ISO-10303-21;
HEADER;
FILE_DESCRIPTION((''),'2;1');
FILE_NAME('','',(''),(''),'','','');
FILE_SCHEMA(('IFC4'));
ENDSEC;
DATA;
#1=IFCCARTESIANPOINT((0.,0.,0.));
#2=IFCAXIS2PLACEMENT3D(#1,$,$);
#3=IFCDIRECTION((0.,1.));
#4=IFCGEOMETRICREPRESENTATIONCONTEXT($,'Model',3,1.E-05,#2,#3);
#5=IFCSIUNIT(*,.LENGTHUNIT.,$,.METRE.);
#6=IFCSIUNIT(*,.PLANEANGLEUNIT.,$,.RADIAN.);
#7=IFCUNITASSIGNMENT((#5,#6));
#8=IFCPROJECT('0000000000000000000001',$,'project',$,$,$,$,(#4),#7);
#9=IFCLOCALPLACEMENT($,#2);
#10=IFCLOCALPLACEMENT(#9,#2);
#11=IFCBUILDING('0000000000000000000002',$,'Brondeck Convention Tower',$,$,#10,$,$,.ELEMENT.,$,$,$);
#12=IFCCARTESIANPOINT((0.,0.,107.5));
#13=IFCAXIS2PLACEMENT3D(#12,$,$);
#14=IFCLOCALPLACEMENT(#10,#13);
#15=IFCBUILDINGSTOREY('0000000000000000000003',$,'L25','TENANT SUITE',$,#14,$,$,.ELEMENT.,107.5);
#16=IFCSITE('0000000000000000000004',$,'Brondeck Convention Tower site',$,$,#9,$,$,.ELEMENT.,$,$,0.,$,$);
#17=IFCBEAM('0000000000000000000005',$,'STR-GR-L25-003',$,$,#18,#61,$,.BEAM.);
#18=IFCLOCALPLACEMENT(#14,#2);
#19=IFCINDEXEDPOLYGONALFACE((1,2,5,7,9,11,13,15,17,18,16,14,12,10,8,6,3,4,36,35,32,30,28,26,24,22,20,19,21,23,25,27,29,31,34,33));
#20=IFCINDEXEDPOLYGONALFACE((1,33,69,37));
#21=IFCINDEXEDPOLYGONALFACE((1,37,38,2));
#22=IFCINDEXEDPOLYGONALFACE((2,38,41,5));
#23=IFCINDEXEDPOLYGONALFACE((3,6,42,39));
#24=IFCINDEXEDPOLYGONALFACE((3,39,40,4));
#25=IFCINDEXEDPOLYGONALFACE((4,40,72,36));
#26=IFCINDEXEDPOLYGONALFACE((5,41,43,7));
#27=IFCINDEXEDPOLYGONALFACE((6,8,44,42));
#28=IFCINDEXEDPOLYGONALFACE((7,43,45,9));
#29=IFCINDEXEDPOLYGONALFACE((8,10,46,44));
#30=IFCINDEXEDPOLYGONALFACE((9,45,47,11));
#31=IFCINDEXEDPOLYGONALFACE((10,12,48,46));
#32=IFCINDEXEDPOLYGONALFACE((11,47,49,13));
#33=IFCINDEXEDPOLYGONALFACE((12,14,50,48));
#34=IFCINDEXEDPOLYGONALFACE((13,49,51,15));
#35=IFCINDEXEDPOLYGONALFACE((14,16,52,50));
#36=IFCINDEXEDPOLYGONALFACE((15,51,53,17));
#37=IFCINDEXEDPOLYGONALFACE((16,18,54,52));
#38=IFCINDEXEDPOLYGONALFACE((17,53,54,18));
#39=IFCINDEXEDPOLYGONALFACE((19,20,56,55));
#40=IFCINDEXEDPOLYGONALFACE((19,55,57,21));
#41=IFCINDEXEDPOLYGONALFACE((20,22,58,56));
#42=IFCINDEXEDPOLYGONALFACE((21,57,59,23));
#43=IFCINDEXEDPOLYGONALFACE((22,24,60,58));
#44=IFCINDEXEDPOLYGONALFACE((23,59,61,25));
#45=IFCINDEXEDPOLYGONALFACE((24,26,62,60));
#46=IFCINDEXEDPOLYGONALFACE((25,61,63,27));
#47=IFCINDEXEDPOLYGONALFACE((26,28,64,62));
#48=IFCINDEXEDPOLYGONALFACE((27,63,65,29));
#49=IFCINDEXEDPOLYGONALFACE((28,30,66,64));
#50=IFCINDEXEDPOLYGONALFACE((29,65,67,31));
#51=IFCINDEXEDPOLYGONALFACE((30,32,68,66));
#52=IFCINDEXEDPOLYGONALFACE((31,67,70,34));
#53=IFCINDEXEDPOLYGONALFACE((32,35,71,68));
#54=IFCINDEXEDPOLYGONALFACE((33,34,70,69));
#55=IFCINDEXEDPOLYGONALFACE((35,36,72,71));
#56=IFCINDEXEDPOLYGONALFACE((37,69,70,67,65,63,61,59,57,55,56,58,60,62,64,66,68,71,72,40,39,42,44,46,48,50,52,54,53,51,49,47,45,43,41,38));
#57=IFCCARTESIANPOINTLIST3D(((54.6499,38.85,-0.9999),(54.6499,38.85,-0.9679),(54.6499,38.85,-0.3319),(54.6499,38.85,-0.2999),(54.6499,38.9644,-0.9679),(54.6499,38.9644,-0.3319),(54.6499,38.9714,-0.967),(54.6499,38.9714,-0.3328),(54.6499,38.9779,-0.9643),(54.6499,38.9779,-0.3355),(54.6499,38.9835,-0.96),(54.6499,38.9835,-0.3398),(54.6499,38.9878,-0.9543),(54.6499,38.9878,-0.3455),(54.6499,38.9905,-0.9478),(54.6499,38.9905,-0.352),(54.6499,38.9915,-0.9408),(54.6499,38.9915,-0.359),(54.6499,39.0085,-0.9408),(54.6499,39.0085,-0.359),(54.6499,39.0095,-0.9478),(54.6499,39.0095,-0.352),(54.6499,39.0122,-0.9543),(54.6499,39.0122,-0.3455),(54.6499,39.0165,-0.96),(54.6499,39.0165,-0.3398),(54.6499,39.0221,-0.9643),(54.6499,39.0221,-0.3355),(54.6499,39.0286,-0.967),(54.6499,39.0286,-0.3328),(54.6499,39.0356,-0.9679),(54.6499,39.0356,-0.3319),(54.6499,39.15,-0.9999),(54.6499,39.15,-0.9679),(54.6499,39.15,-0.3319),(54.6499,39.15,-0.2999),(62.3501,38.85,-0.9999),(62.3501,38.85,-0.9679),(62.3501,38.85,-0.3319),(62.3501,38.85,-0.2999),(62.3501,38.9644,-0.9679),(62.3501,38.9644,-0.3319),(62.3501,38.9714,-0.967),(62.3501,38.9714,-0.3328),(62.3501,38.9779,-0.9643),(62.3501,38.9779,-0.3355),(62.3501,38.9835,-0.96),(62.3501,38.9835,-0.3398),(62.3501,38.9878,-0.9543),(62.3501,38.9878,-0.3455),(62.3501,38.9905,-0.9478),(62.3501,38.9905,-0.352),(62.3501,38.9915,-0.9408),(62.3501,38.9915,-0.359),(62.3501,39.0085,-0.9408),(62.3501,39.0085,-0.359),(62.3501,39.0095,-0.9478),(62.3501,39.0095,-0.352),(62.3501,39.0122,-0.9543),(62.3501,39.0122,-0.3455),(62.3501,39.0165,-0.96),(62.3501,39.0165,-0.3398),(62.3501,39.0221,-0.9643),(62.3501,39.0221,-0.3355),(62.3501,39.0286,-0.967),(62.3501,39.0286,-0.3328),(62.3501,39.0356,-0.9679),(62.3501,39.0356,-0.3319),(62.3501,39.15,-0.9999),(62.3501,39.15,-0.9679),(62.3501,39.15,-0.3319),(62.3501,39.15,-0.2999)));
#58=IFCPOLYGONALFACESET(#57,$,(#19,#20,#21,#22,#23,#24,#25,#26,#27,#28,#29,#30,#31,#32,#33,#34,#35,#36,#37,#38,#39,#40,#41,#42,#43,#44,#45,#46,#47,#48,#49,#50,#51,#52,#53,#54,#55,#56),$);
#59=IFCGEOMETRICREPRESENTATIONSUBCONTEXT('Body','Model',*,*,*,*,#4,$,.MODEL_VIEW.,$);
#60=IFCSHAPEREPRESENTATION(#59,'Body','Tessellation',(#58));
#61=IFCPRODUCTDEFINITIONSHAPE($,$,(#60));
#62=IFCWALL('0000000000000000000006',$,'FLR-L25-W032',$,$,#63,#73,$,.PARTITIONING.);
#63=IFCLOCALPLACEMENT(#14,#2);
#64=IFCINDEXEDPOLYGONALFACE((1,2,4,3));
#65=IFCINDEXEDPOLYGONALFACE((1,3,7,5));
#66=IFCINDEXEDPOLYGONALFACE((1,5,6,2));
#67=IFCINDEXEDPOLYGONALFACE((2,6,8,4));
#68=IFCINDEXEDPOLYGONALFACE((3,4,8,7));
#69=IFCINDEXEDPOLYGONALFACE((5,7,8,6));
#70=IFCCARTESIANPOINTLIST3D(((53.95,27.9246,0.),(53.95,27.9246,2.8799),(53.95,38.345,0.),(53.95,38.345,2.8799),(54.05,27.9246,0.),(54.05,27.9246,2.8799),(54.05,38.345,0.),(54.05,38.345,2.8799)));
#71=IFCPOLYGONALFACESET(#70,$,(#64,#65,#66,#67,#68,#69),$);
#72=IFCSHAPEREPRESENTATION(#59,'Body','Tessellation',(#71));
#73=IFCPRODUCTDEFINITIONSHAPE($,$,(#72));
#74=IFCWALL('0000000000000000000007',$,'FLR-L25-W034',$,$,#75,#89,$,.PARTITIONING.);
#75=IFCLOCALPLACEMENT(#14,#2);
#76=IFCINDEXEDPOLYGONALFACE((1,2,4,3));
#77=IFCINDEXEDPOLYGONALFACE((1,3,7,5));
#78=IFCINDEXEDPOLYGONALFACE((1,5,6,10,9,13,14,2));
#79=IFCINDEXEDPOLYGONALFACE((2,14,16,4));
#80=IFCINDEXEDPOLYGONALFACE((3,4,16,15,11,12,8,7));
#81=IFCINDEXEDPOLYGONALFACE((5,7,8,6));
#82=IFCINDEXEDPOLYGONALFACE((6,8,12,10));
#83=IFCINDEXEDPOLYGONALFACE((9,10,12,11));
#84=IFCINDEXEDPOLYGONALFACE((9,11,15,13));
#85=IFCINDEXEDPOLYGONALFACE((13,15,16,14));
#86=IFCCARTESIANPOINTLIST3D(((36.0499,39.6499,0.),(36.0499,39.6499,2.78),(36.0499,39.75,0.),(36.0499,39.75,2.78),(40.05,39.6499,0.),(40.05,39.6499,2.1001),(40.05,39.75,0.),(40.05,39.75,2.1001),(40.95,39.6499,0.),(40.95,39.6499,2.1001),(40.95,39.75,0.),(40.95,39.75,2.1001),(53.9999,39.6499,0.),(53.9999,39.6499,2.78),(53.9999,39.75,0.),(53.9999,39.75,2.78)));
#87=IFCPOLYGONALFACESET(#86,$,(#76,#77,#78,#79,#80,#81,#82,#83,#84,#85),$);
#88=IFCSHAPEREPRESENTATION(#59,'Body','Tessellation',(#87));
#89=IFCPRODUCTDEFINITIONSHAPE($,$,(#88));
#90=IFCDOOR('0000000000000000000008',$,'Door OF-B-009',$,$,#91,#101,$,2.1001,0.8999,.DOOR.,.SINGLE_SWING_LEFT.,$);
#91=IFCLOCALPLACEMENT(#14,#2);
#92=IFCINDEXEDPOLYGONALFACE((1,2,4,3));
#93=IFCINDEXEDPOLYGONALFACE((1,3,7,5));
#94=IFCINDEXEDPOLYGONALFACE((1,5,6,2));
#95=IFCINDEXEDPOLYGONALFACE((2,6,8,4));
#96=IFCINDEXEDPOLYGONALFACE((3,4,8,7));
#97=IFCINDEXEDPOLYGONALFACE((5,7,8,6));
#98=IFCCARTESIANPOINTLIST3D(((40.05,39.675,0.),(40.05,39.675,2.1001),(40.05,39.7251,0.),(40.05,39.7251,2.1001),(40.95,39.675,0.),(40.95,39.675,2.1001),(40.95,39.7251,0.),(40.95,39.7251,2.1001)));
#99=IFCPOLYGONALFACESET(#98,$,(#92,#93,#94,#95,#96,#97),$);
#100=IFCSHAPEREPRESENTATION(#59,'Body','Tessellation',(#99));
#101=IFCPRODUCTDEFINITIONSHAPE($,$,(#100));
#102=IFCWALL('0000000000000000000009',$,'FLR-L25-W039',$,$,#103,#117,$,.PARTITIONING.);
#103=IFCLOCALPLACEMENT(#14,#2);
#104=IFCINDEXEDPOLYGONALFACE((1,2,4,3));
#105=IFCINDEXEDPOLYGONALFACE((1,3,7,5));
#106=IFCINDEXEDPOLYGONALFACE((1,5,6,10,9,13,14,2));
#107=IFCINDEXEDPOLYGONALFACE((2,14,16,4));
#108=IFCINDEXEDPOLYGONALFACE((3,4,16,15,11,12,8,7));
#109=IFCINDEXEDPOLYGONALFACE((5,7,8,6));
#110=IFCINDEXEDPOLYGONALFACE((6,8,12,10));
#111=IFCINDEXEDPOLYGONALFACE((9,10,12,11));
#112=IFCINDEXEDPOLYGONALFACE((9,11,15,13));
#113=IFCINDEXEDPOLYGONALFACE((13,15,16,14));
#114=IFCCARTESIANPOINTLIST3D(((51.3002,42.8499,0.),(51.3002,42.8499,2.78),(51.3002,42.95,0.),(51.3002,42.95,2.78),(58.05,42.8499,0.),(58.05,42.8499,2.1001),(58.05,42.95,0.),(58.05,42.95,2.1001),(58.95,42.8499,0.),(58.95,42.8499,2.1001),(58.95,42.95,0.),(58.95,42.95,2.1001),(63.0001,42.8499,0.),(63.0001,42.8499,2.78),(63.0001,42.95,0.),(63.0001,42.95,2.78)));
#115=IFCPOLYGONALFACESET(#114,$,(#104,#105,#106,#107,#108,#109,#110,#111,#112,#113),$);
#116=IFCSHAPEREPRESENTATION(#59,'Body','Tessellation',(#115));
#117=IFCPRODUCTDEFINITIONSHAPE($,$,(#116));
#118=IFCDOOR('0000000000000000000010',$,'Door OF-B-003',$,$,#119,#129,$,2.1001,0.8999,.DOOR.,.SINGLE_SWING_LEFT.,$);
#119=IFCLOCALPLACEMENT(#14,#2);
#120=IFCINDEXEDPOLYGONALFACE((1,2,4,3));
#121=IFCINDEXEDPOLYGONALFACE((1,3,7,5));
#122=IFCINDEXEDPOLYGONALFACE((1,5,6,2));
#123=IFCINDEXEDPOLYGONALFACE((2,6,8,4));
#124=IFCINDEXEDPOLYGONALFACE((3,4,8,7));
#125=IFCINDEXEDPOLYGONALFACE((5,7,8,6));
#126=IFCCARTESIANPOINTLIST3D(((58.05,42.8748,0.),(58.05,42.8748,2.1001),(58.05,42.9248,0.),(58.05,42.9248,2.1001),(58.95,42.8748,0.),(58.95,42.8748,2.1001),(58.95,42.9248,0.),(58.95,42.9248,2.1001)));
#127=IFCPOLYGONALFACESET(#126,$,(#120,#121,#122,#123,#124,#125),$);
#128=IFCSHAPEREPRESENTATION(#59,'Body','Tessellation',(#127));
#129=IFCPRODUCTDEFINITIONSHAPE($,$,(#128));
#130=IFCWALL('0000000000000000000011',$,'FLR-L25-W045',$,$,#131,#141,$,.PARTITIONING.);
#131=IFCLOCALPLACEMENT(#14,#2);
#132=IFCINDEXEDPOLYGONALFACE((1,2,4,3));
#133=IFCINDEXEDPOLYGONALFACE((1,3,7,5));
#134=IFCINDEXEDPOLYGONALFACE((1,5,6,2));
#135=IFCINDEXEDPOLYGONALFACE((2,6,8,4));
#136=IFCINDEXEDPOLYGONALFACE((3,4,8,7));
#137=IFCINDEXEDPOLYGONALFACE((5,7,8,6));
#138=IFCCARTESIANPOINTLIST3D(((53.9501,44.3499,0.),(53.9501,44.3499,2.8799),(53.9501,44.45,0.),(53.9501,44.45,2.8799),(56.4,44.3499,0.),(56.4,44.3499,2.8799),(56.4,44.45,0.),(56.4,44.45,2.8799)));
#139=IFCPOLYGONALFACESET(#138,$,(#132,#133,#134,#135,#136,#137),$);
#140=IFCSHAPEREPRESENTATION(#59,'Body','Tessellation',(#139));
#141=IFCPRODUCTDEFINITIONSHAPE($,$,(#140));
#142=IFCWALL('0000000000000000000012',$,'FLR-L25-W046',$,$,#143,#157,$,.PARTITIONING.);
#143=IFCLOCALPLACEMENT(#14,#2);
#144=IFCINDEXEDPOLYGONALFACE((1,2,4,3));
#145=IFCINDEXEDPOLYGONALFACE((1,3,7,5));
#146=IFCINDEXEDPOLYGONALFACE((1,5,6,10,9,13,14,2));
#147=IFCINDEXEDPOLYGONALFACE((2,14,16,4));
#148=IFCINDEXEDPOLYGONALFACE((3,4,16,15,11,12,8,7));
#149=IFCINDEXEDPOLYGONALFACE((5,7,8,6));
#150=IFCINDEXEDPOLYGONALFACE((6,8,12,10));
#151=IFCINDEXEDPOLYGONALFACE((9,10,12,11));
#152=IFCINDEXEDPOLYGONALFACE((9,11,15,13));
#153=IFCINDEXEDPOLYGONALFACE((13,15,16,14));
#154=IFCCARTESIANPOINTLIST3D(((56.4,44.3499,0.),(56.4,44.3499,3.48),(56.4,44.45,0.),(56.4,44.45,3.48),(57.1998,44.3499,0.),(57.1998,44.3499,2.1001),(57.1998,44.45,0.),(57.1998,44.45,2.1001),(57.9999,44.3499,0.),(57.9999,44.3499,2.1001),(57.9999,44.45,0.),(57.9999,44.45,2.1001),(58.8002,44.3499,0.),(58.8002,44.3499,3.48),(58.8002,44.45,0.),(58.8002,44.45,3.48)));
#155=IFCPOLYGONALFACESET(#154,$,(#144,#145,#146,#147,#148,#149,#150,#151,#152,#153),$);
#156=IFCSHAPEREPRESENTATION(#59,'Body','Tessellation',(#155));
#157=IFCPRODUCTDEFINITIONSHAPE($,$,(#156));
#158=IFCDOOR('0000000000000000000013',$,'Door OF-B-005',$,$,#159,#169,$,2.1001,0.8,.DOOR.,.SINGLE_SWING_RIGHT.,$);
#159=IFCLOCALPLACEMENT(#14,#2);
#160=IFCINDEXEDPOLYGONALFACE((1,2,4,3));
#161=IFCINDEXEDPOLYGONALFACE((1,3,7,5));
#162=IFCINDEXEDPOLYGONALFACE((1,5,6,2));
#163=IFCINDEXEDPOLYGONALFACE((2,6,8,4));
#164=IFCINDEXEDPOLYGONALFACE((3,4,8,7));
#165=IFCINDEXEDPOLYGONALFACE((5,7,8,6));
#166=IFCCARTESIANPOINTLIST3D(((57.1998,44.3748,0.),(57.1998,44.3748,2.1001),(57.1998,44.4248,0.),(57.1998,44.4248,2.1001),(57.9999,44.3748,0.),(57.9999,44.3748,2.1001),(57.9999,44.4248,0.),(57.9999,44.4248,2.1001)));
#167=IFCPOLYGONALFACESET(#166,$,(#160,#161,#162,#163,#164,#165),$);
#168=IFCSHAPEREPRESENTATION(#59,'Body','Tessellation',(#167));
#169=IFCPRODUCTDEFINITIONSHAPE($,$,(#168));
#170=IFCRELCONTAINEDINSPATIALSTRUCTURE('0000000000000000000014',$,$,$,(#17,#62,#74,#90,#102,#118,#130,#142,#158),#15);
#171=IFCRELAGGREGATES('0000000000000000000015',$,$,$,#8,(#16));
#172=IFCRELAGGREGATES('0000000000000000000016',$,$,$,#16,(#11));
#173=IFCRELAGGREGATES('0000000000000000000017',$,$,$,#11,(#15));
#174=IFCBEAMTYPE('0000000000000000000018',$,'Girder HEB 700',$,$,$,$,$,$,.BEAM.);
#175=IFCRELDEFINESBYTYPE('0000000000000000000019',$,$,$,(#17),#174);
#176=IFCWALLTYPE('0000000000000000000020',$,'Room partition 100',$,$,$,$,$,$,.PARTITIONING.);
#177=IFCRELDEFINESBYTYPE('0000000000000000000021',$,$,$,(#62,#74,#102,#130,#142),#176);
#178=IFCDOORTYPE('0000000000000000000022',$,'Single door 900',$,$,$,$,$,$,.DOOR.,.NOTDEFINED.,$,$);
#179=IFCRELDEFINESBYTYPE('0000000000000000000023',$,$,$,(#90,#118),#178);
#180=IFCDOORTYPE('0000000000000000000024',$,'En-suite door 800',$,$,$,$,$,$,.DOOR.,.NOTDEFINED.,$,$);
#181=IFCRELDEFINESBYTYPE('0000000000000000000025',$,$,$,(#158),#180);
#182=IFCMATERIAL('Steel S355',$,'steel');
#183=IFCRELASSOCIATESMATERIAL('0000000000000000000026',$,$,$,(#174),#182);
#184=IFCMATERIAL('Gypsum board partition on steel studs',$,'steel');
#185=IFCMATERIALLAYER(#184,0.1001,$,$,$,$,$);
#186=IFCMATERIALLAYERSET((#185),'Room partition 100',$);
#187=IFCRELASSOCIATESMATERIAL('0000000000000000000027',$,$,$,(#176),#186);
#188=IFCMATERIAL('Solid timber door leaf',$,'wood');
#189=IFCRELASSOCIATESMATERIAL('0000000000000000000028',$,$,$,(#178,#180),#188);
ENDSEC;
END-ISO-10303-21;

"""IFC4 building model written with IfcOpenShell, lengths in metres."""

from ifc_helpers import new_model, si_unit, direction, frame, frame_2d, origin, origin_2d, place, context, subcontext, project, spatial, rectangle, i_section, extrude, material, layer, layer_set, material_profile, profile_set, type_object, element, fill, save


model = new_model("IFC4")

# Units and contexts
model_context = context("Model", 3, precision=1e-05, world=origin(), true_north=direction((0.0, 1.0)))
body_context = subcontext(model_context, "Body", "Model", "MODEL_VIEW")
ifc_project = project(units=[si_unit("LENGTHUNIT", "METRE"), si_unit("PLANEANGLEUNIT", "RADIAN")], contexts=[model_context])

# Site, building, storey
site_placement = place(None, origin())
site = spatial("IfcSite", under=ifc_project, at=site_placement, Name="Brondeck Convention Tower site", CompositionType="ELEMENT", RefElevation=0.0)
building_placement = place(site_placement, origin())
building = spatial("IfcBuilding", under=site, at=building_placement, Name="Brondeck Convention Tower", CompositionType="ELEMENT")
storey_placement = place(building_placement, frame((0.0, 0.0, 107.5)))
storey = spatial("IfcBuildingStorey", under=building, at=storey_placement, Name="L25", Description="TENANT SUITE", CompositionType="ELEMENT", Elevation=107.5)

# Beam
ifc_material_1 = material(Name="Steel S355", Category="steel")
ifc_material_profile_1 = material_profile(ifc_material_1, i_section(OverallWidth=0.3, OverallDepth=0.7, WebThickness=0.0171, FlangeThickness=0.032, FilletRadius=0.0271, at=origin_2d()), Name="HEB 700")
ifc_profile_set_1 = profile_set([ifc_material_profile_1], Name="Steel S355")
beam_type_1 = type_object("IfcBeamType", Name="Girder HEB 700", PredefinedType="BEAM", material=ifc_profile_set_1)
for number, where, z_axis, x_axis, name in (
    (1, (54.6499, 39.0, -0.6499), (1.0, 0.0, 0.0), (0.0, 1.0, 0.0), "STR-GR-L25-003"),
):
    element("IfcBeam", number, at=place(storey_placement, frame(where, z_axis=z_axis, x_axis=x_axis)), inside=storey, type_object=beam_type_1, Name=name, PredefinedType="BEAM", context=body_context, shape_type="SweptSolid", body=[
        extrude(i_section(OverallWidth=0.3, OverallDepth=0.7, WebThickness=0.0171, FlangeThickness=0.032, FilletRadius=0.0271, at=origin_2d()), origin(), (0.0, 0.0, 1.0), 7.7002),
    ])

# Wall
ifc_material_2 = material(Name="Gypsum board partition on steel studs", Category="steel")
ifc_layer_1 = layer(ifc_material_2, 0.1001)
ifc_layer_set_1 = layer_set([ifc_layer_1], Name="Room partition 100")
wall_type_1 = type_object("IfcWallType", Name="Room partition 100", PredefinedType="PARTITIONING", material=ifc_layer_set_1)
wall_1_placement = place(storey_placement, frame((54.0, 38.345, 0.0), z_axis=(0.0, 0.0, 1.0), x_axis=(0.0, -1.0, 0.0)))
element("IfcWall", 2, at=wall_1_placement, inside=storey, type_object=wall_type_1, Name="FLR-L25-W032", PredefinedType="PARTITIONING", context=body_context, shape_type="SweptSolid", body=[
    extrude(rectangle(XDim=10.4204, YDim=0.1001, at=frame_2d((5.2102, 0.0))), origin(), (0.0, 0.0, 1.0), 2.8799),
])

# Walls, openings, doors
wall_2_placement = place(storey_placement, frame((54.0, 39.7, 0.0), z_axis=(0.0, 0.0, 1.0), x_axis=(-1.0, 0.0, 0.0)))
wall_2 = element("IfcWall", 3, at=wall_2_placement, inside=storey, type_object=wall_type_1, Name="FLR-L25-W034", PredefinedType="PARTITIONING", context=body_context, shape_type="SweptSolid", body=[
    extrude(rectangle(XDim=17.95, YDim=0.1001, at=frame_2d((8.9751, 0.0))), origin(), (0.0, 0.0, 1.0), 2.78),
])
opening_1_placement = place(wall_2_placement, frame((13.05, 0.0, 0.0)))
opening_1 = element("IfcOpeningElement", 4, at=opening_1_placement, cuts=wall_2, PredefinedType="OPENING", context=body_context, shape_type="SweptSolid", body=[
    extrude(rectangle(XDim=0.8999, YDim=2.1001, at=frame_2d((0.45, 1.05))), frame((0.0, 0.0601, 0.0), z_axis=(0.0, -1.0, 0.0), x_axis=(1.0, 0.0, 0.0)), (0.0, 0.0, 1.0), 0.1201),
])
ifc_material_3 = material(Name="Solid timber door leaf", Category="wood")
door_type_1 = type_object("IfcDoorType", Name="Single door 900", OperationType="NOTDEFINED", PredefinedType="DOOR", material=ifc_material_3)
door_1_placement = place(opening_1_placement, origin())
door_1 = element("IfcDoor", 5, at=door_1_placement, inside=storey, type_object=door_type_1, Name="Door OF-B-009", OperationType="SINGLE_SWING_LEFT", OverallHeight=2.1001, OverallWidth=0.8999, PredefinedType="DOOR", context=body_context, shape_type="SweptSolid", body=[
    extrude(rectangle(XDim=0.8999, YDim=2.1001, at=frame_2d((0.45, 1.05))), frame((0.0, 0.0249, 0.0), z_axis=(0.0, -1.0, 0.0), x_axis=(1.0, 0.0, 0.0)), (0.0, 0.0, 1.0), 0.05),
])
fill(opening_1, door_1)
wall_3_placement = place(storey_placement, frame((51.3, 42.8999, 0.0), z_axis=(0.0, 0.0, 1.0), x_axis=(1.0, 0.0, 0.0)))
wall_3 = element("IfcWall", 6, at=wall_3_placement, inside=storey, type_object=wall_type_1, Name="FLR-L25-W039", PredefinedType="PARTITIONING", context=body_context, shape_type="SweptSolid", body=[
    extrude(rectangle(XDim=11.7, YDim=0.1001, at=frame_2d((5.8501, 0.0))), origin(), (0.0, 0.0, 1.0), 2.78),
])
opening_2_placement = place(wall_3_placement, frame((6.75, 0.0, 0.0)))
opening_2 = element("IfcOpeningElement", 7, at=opening_2_placement, cuts=wall_3, PredefinedType="OPENING", context=body_context, shape_type="SweptSolid", body=[
    extrude(rectangle(XDim=0.8999, YDim=2.1001, at=frame_2d((0.45, 1.05))), frame((0.0, 0.0601, 0.0), z_axis=(0.0, -1.0, 0.0), x_axis=(1.0, 0.0, 0.0)), (0.0, 0.0, 1.0), 0.1201),
])
door_2_placement = place(opening_2_placement, origin())
door_2 = element("IfcDoor", 8, at=door_2_placement, inside=storey, type_object=door_type_1, Name="Door OF-B-003", OperationType="SINGLE_SWING_LEFT", OverallHeight=2.1001, OverallWidth=0.8999, PredefinedType="DOOR", context=body_context, shape_type="SweptSolid", body=[
    extrude(rectangle(XDim=0.8999, YDim=2.1001, at=frame_2d((0.45, 1.05))), frame((0.0, 0.0249, 0.0), z_axis=(0.0, -1.0, 0.0), x_axis=(1.0, 0.0, 0.0)), (0.0, 0.0, 1.0), 0.05),
])
fill(opening_2, door_2)

# Wall
wall_4_placement = place(storey_placement, frame((53.95, 44.3999, 0.0), z_axis=(0.0, 0.0, 1.0), x_axis=(1.0, 0.0, 0.0)))
element("IfcWall", 9, at=wall_4_placement, inside=storey, type_object=wall_type_1, Name="FLR-L25-W045", PredefinedType="PARTITIONING", context=body_context, shape_type="SweptSolid", body=[
    extrude(rectangle(XDim=2.45, YDim=0.1001, at=frame_2d((1.2251, 0.0))), origin(), (0.0, 0.0, 1.0), 2.8799),
])

# Wall, opening, door
wall_5_placement = place(storey_placement, frame((56.3999, 44.3999, 0.0), z_axis=(0.0, 0.0, 1.0), x_axis=(1.0, 0.0, 0.0)))
wall_5 = element("IfcWall", 10, at=wall_5_placement, inside=storey, type_object=wall_type_1, Name="FLR-L25-W046", PredefinedType="PARTITIONING", context=body_context, shape_type="SweptSolid", body=[
    extrude(rectangle(XDim=2.4001, YDim=0.1001, at=frame_2d((1.2002, 0.0))), origin(), (0.0, 0.0, 1.0), 3.48),
])
opening_3_placement = place(wall_5_placement, frame((0.8, 0.0, 0.0)))
opening_3 = element("IfcOpeningElement", 11, at=opening_3_placement, cuts=wall_5, PredefinedType="OPENING", context=body_context, shape_type="SweptSolid", body=[
    extrude(rectangle(XDim=0.8, YDim=2.1001, at=frame_2d((0.3999, 1.05))), frame((0.0, 0.0601, 0.0), z_axis=(0.0, -1.0, 0.0), x_axis=(1.0, 0.0, 0.0)), (0.0, 0.0, 1.0), 0.1201),
])
door_type_2 = type_object("IfcDoorType", Name="En-suite door 800", OperationType="NOTDEFINED", PredefinedType="DOOR", material=ifc_material_3)
door_3_placement = place(opening_3_placement, origin())
door_3 = element("IfcDoor", 12, at=door_3_placement, inside=storey, type_object=door_type_2, Name="Door OF-B-005", OperationType="SINGLE_SWING_RIGHT", OverallHeight=2.1001, OverallWidth=0.8, PredefinedType="DOOR", context=body_context, shape_type="SweptSolid", body=[
    extrude(rectangle(XDim=0.8, YDim=2.1001, at=frame_2d((0.3999, 1.05))), frame((0.0, 0.0249, 0.0), z_axis=(0.0, -1.0, 0.0), x_axis=(1.0, 0.0, 0.0)), (0.0, 0.0, 1.0), 0.05),
])
fill(opening_3, door_3)

save(model, "model.ifc")
